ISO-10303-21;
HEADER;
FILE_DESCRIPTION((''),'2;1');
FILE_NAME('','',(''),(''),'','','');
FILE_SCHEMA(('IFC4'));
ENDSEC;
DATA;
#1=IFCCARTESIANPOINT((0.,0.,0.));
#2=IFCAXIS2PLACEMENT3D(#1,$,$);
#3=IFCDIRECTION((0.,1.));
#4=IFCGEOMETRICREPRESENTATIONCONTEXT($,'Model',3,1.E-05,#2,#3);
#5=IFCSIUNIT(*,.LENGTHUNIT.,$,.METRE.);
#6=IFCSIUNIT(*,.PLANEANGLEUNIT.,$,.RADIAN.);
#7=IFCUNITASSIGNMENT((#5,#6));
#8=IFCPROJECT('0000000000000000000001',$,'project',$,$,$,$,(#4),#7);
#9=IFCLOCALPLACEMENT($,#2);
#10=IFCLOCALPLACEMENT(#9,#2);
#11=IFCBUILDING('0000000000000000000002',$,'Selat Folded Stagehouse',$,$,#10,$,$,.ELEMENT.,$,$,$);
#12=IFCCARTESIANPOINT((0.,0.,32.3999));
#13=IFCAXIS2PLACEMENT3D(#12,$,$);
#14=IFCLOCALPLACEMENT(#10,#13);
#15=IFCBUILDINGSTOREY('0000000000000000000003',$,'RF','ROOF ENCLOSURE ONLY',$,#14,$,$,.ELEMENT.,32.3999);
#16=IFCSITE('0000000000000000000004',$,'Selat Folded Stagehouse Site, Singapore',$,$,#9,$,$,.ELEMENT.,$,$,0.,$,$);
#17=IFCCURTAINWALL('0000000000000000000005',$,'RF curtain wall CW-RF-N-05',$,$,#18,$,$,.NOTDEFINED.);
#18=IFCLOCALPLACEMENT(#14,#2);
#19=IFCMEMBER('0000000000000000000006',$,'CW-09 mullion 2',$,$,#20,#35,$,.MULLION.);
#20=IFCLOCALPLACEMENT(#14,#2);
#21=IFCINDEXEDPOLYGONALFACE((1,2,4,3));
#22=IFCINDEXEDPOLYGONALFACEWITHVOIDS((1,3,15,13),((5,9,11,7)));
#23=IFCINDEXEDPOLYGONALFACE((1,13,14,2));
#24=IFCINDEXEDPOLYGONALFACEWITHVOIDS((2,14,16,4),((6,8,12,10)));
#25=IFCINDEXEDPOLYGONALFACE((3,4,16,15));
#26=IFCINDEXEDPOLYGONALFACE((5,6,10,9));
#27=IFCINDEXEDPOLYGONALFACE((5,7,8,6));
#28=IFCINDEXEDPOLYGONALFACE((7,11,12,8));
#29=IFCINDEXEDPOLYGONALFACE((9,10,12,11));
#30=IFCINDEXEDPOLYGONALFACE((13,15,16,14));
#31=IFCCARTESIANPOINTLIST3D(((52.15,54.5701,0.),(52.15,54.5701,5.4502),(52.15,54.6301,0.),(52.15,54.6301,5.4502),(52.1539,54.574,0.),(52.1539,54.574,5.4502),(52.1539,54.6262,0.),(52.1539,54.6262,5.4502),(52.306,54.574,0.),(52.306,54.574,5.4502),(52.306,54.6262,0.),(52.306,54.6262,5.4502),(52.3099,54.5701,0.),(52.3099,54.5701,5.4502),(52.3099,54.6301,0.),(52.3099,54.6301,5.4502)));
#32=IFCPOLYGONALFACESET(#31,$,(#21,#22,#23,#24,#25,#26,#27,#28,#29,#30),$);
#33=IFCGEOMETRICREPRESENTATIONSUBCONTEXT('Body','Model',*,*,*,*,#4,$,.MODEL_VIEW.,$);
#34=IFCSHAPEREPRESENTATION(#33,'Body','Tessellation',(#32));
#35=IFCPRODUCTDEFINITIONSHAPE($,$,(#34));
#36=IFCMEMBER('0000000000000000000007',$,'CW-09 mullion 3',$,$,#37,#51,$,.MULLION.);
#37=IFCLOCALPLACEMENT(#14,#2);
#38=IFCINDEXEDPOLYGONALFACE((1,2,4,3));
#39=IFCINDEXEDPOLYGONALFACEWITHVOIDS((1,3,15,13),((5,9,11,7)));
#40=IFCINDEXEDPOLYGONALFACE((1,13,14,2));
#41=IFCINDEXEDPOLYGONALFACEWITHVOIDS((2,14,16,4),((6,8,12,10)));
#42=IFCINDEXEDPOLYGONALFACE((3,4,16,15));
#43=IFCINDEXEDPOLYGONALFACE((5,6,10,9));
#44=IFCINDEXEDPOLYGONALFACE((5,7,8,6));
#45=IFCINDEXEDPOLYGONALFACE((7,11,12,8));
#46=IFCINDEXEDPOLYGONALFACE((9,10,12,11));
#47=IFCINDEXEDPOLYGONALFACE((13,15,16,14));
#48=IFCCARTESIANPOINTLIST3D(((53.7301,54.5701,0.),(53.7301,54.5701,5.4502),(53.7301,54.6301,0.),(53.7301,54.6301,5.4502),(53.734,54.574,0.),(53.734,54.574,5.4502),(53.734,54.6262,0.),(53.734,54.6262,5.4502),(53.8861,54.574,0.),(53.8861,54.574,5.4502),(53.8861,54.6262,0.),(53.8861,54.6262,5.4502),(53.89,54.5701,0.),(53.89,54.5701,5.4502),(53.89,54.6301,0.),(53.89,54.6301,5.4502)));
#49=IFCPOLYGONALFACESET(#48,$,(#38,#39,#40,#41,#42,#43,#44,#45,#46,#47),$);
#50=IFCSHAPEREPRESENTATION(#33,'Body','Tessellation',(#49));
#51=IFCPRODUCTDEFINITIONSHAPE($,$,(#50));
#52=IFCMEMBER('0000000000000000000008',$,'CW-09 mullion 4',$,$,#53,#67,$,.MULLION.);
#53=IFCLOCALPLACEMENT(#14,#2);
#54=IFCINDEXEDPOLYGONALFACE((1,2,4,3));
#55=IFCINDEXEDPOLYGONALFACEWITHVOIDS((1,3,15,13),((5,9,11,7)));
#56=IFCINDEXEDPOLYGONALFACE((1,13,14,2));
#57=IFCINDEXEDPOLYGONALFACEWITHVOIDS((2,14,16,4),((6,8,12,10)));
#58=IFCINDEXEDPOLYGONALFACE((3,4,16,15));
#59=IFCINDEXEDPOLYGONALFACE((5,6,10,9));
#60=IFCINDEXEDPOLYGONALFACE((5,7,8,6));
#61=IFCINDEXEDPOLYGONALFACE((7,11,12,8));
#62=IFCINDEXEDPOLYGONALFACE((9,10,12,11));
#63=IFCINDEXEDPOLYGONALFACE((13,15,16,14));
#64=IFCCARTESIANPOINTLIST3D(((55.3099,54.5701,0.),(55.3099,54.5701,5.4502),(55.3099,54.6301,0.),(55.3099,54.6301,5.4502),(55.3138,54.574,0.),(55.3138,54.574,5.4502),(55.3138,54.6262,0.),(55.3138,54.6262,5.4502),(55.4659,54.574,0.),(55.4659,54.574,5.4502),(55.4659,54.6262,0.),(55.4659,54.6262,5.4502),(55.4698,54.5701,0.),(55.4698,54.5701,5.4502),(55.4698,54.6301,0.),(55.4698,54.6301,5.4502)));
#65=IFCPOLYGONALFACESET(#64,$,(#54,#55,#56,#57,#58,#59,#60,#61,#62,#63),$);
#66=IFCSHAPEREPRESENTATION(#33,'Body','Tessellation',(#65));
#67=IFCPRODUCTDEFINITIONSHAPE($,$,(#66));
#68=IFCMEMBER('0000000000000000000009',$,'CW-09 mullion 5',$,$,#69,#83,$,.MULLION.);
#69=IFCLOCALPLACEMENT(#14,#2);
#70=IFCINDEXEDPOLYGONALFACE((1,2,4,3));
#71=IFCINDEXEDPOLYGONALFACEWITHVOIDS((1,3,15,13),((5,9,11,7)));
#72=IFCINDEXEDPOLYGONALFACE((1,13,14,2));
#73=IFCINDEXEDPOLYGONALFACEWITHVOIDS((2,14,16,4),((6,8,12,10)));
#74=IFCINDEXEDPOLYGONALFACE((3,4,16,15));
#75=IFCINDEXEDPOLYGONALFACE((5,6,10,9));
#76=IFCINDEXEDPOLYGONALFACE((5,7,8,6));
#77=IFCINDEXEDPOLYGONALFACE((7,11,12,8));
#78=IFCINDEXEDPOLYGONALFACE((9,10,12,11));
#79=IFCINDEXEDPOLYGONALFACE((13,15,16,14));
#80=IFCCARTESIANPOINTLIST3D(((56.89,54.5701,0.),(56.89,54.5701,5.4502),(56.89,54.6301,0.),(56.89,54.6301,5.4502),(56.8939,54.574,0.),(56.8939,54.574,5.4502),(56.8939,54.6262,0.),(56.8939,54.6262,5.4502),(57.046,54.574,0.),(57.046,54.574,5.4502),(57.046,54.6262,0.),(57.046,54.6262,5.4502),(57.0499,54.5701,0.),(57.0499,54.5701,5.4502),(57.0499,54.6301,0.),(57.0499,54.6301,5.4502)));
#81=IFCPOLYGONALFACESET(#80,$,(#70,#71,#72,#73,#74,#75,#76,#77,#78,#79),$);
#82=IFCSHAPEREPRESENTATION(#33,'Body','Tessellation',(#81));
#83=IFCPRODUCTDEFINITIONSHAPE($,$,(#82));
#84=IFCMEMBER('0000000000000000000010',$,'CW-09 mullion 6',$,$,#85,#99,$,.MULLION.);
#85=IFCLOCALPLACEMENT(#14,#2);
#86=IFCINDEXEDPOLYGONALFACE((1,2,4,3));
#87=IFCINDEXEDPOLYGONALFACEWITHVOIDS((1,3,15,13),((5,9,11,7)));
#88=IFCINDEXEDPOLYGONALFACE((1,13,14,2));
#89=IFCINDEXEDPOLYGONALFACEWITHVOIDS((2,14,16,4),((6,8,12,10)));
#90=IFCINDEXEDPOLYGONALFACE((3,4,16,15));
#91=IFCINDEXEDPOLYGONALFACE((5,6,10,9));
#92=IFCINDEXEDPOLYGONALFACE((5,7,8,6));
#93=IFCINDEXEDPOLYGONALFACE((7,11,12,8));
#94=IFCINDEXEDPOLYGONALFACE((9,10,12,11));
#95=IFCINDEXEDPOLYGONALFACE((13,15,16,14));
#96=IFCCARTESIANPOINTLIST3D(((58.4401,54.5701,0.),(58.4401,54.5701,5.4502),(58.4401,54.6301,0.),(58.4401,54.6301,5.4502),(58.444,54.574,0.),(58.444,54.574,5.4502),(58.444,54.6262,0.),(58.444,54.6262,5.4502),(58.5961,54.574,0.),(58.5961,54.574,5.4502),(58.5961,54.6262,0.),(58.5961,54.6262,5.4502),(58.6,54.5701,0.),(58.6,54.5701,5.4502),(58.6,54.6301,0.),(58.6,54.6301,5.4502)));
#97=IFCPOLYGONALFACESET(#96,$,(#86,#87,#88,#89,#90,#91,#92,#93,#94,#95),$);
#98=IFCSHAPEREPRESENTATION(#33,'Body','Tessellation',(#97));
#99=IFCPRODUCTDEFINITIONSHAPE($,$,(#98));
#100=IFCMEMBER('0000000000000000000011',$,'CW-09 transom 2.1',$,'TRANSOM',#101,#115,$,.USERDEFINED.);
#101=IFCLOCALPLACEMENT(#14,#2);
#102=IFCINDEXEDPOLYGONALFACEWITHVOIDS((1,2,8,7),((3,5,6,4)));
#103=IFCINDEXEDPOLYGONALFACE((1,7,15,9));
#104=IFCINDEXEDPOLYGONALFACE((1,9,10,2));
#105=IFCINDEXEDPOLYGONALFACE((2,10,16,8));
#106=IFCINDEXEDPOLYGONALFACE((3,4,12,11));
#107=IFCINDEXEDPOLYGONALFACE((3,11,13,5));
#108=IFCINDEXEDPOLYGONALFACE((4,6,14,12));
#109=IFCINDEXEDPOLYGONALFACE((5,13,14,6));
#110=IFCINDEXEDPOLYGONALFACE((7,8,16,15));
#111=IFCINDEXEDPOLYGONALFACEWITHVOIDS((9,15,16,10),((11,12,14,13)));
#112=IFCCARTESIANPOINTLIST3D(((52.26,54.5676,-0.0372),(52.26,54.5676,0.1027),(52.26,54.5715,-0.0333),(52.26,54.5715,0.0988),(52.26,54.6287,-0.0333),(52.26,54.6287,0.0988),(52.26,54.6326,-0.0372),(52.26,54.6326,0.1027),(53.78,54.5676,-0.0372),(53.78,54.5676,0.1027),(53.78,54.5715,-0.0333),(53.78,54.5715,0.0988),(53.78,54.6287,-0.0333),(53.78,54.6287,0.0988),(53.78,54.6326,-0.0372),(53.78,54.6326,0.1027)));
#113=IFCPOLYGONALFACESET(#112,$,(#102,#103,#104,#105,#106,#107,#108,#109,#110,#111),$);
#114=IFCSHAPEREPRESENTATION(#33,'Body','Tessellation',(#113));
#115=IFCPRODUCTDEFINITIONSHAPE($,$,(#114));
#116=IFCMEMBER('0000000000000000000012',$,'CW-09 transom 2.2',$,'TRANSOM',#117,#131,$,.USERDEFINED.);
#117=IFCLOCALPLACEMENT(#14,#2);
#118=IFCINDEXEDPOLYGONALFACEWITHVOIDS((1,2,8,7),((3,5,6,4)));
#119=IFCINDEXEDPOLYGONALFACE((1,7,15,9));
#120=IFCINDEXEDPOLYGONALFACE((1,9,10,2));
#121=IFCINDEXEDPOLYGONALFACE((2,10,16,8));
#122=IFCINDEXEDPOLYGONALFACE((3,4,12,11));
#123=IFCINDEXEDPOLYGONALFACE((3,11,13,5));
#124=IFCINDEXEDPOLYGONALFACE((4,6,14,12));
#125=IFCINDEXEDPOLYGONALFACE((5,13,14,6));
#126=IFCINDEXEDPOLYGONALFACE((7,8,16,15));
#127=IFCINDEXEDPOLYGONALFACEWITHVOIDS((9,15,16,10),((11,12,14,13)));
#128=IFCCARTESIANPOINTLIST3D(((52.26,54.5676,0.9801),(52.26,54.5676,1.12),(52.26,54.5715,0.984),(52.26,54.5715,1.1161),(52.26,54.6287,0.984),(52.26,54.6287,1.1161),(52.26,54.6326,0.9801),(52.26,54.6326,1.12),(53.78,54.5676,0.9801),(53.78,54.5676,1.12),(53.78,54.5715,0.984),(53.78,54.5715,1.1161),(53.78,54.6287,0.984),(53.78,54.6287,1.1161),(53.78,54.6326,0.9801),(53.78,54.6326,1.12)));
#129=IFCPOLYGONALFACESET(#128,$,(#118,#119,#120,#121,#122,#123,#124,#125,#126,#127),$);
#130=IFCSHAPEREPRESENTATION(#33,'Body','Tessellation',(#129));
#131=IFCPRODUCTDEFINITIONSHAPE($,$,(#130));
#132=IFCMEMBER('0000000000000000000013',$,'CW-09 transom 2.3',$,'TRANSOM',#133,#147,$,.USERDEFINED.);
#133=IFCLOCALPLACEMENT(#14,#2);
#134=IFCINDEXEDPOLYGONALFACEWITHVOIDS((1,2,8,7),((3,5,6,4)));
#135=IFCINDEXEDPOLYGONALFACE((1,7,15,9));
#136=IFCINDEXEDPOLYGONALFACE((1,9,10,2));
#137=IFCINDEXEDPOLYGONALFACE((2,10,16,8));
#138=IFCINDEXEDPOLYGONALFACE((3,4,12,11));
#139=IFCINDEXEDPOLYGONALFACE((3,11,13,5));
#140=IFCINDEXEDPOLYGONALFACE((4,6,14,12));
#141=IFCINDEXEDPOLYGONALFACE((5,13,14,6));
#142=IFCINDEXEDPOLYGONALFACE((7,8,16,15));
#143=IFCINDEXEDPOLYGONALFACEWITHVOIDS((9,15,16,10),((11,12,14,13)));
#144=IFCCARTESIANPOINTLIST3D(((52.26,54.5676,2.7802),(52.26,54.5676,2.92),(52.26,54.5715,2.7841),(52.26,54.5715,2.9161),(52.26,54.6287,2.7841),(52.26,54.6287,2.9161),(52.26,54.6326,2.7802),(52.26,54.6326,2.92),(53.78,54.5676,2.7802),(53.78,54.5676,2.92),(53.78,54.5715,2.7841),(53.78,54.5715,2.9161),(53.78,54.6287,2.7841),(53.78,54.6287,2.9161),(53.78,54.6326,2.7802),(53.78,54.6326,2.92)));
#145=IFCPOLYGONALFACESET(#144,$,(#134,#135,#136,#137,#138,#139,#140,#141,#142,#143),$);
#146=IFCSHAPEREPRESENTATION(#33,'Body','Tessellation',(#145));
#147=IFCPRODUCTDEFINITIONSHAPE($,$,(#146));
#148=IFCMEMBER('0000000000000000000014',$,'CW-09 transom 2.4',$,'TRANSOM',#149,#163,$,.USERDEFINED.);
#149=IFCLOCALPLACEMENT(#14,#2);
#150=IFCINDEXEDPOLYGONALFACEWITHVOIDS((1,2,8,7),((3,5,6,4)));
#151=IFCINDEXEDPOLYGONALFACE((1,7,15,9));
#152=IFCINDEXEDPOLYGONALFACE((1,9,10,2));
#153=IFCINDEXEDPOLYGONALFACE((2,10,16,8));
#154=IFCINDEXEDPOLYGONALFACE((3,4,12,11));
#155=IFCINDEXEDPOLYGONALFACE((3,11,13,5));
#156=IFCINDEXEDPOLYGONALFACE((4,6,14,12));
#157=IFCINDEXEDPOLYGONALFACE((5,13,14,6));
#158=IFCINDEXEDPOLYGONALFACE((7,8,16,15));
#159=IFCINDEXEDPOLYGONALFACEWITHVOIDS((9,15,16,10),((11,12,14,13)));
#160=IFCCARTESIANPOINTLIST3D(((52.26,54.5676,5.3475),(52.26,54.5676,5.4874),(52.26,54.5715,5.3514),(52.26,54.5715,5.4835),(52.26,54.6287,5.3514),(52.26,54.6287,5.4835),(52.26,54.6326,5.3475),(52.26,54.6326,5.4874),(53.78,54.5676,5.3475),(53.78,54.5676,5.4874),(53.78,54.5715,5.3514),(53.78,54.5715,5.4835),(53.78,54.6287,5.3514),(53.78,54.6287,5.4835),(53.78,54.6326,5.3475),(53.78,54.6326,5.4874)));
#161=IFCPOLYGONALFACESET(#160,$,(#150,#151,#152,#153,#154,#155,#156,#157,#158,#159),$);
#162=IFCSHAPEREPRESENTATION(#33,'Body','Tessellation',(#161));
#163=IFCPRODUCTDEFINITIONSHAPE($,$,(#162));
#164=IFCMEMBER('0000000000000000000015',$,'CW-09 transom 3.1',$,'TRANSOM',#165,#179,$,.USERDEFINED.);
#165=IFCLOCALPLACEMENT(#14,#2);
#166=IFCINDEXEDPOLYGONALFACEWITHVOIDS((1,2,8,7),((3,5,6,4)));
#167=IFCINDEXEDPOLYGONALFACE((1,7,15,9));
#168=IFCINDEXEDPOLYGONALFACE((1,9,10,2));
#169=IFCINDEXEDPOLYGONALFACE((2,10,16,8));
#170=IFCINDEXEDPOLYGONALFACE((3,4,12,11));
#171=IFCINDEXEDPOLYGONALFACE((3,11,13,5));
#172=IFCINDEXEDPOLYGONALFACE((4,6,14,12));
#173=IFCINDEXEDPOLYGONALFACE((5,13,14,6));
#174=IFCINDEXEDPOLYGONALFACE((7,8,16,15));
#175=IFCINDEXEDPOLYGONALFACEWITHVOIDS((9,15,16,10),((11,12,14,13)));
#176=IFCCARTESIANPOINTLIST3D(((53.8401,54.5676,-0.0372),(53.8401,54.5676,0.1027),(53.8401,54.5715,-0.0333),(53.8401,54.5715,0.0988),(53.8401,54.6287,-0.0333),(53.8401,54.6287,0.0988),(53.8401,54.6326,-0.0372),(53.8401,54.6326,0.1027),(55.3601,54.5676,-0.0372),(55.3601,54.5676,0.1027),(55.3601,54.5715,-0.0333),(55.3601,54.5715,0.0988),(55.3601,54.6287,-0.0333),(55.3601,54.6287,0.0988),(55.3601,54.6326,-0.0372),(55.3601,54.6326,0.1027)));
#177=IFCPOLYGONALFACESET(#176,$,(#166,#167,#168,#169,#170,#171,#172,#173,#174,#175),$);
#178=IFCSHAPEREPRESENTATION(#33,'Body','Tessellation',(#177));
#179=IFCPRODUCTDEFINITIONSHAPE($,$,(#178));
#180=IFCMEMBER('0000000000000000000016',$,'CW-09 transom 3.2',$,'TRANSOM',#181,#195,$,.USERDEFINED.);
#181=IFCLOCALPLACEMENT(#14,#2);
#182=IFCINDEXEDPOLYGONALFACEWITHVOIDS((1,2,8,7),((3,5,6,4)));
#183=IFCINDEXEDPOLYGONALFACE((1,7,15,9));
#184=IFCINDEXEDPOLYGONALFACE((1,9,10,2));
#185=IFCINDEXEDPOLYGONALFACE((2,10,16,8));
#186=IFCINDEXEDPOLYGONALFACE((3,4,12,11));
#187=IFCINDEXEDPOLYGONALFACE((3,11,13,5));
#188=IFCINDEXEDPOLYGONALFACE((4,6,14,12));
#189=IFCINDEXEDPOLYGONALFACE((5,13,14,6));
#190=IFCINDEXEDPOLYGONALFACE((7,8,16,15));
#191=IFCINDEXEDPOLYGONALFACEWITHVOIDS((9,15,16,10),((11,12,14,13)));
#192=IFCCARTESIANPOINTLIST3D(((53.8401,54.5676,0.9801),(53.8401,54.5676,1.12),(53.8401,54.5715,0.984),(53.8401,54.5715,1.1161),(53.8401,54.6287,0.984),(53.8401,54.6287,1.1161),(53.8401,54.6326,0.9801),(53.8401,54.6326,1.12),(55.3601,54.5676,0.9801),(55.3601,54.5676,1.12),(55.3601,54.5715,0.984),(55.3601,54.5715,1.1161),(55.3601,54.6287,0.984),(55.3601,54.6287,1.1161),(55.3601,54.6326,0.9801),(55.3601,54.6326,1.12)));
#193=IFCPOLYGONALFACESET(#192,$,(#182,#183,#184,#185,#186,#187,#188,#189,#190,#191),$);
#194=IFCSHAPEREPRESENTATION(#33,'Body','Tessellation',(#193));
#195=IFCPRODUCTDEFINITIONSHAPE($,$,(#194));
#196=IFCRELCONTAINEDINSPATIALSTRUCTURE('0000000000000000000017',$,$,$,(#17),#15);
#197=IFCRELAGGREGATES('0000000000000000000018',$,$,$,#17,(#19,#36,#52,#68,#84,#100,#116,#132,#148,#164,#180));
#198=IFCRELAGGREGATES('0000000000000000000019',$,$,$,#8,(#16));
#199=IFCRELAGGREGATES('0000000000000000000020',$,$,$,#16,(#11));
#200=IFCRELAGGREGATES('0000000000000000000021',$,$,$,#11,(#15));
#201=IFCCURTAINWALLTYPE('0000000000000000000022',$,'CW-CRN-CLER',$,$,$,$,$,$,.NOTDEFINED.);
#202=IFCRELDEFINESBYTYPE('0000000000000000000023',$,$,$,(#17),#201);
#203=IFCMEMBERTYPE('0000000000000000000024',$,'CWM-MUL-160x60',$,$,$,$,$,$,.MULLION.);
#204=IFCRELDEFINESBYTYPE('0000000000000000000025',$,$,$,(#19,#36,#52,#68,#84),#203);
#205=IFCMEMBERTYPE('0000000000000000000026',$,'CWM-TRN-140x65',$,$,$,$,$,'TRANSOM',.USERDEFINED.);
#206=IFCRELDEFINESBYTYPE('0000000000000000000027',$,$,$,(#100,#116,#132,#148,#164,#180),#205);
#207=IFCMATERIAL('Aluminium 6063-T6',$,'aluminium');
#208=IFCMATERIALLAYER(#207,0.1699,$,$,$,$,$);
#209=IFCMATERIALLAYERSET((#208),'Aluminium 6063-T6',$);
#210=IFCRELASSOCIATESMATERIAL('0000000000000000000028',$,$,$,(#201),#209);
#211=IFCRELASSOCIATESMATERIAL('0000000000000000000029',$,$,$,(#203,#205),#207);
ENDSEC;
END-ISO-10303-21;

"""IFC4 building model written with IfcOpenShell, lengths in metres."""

from ifc_helpers import new_model, si_unit, direction, frame, origin, origin_2d, place, context, subcontext, project, spatial, hollow_rectangle, extrude, material, layer, layer_set, material_profile, profile_set, type_object, element, aggregate, save


model = new_model("IFC4")

# Units and contexts
model_context = context("Model", 3, precision=1e-05, world=origin(), true_north=direction((0.0, 1.0)))
body_context = subcontext(model_context, "Body", "Model", "MODEL_VIEW")
ifc_project = project(units=[si_unit("LENGTHUNIT", "METRE"), si_unit("PLANEANGLEUNIT", "RADIAN")], contexts=[model_context])

# Site, building, storey
site_placement = place(None, origin())
site = spatial("IfcSite", under=ifc_project, at=site_placement, Name="Selat Folded Stagehouse Site, Singapore", CompositionType="ELEMENT", RefElevation=0.0)
building_placement = place(site_placement, origin())
building = spatial("IfcBuilding", under=site, at=building_placement, Name="Selat Folded Stagehouse", CompositionType="ELEMENT")
storey_placement = place(building_placement, frame((0.0, 0.0, 32.3999)))
storey = spatial("IfcBuildingStorey", under=building, at=storey_placement, Name="RF", Description="ROOF ENCLOSURE ONLY", CompositionType="ELEMENT", Elevation=32.3999)

# Curtain wall, members
ifc_material_1 = material(Name="Aluminium 6063-T6", Category="aluminium")
ifc_layer_1 = layer(ifc_material_1, 0.1699)
ifc_layer_set_1 = layer_set([ifc_layer_1], Name="Aluminium 6063-T6")
curtain_wall_type = type_object("IfcCurtainWallType", Name="CW-CRN-CLER", PredefinedType="NOTDEFINED", material=ifc_layer_set_1)
curtain_wall_placement = place(storey_placement, origin())
curtain_wall = element("IfcCurtainWall", 1, at=curtain_wall_placement, inside=storey, type_object=curtain_wall_type, Name="RF curtain wall CW-RF-N-05", PredefinedType="NOTDEFINED")
ifc_material_profile_1 = material_profile(ifc_material_1, hollow_rectangle(XDim=0.0601, YDim=0.1599, WallThickness=0.0039, at=origin_2d()), Name="ALU 160x60x4.0")
ifc_profile_set_1 = profile_set([ifc_material_profile_1], Name="Aluminium 6063-T6")
member_type_1 = type_object("IfcMemberType", Name="CWM-MUL-160x60", PredefinedType="MULLION", material=ifc_profile_set_1)
member_1_placement = place(storey_placement, frame((52.23, 54.6001, 0.0), z_axis=(0.0, 0.0, 1.0), x_axis=(0.0, 1.0, 0.0)))
member_1 = element("IfcMember", 2, at=member_1_placement, type_object=member_type_1, Name="CW-09 mullion 2", PredefinedType="MULLION", context=body_context, shape_type="SweptSolid", body=[
    extrude(hollow_rectangle(XDim=0.0601, YDim=0.1599, WallThickness=0.0039, at=origin_2d()), origin(), (0.0, 0.0, 1.0), 5.4502),
])
member_2_placement = place(storey_placement, frame((53.8101, 54.6001, 0.0), z_axis=(0.0, 0.0, 1.0), x_axis=(0.0, 1.0, 0.0)))
member_2 = element("IfcMember", 3, at=member_2_placement, type_object=member_type_1, Name="CW-09 mullion 3", PredefinedType="MULLION", context=body_context, shape_type="SweptSolid", body=[
    extrude(hollow_rectangle(XDim=0.0601, YDim=0.1599, WallThickness=0.0039, at=origin_2d()), origin(), (0.0, 0.0, 1.0), 5.4502),
])
member_3_placement = place(storey_placement, frame((55.3899, 54.6001, 0.0), z_axis=(0.0, 0.0, 1.0), x_axis=(0.0, 1.0, 0.0)))
member_3 = element("IfcMember", 4, at=member_3_placement, type_object=member_type_1, Name="CW-09 mullion 4", PredefinedType="MULLION", context=body_context, shape_type="SweptSolid", body=[
    extrude(hollow_rectangle(XDim=0.0601, YDim=0.1599, WallThickness=0.0039, at=origin_2d()), origin(), (0.0, 0.0, 1.0), 5.4502),
])
member_4_placement = place(storey_placement, frame((56.97, 54.6001, 0.0), z_axis=(0.0, 0.0, 1.0), x_axis=(0.0, 1.0, 0.0)))
member_4 = element("IfcMember", 5, at=member_4_placement, type_object=member_type_1, Name="CW-09 mullion 5", PredefinedType="MULLION", context=body_context, shape_type="SweptSolid", body=[
    extrude(hollow_rectangle(XDim=0.0601, YDim=0.1599, WallThickness=0.0039, at=origin_2d()), origin(), (0.0, 0.0, 1.0), 5.4502),
])
member_5_placement = place(storey_placement, frame((58.52, 54.6001, 0.0), z_axis=(0.0, 0.0, 1.0), x_axis=(0.0, 1.0, 0.0)))
member_5 = element("IfcMember", 6, at=member_5_placement, type_object=member_type_1, Name="CW-09 mullion 6", PredefinedType="MULLION", context=body_context, shape_type="SweptSolid", body=[
    extrude(hollow_rectangle(XDim=0.0601, YDim=0.1599, WallThickness=0.0039, at=origin_2d()), origin(), (0.0, 0.0, 1.0), 5.4502),
])
ifc_material_profile_2 = material_profile(ifc_material_1, hollow_rectangle(XDim=0.0649, YDim=0.1399, WallThickness=0.0039, at=origin_2d()), Name="ALU 140x65x4.0")
ifc_profile_set_2 = profile_set([ifc_material_profile_2], Name="Aluminium 6063-T6")
member_type_2 = type_object("IfcMemberType", Name="CWM-TRN-140x65", ElementType="TRANSOM", PredefinedType="USERDEFINED", material=ifc_profile_set_2)
member_6_placement = place(storey_placement, frame((52.26, 54.6001, 0.0327), z_axis=(1.0, 0.0, 0.0), x_axis=(0.0, 1.0, 0.0)))
member_6 = element("IfcMember", 7, at=member_6_placement, type_object=member_type_2, Name="CW-09 transom 2.1", ObjectType="TRANSOM", PredefinedType="USERDEFINED", context=body_context, shape_type="SweptSolid", body=[
    extrude(hollow_rectangle(XDim=0.0649, YDim=0.1399, WallThickness=0.0039, at=origin_2d()), origin(), (0.0, 0.0, 1.0), 1.52),
])
member_7_placement = place(storey_placement, frame((52.26, 54.6001, 1.05), z_axis=(1.0, 0.0, 0.0), x_axis=(0.0, 1.0, 0.0)))
member_7 = element("IfcMember", 8, at=member_7_placement, type_object=member_type_2, Name="CW-09 transom 2.2", ObjectType="TRANSOM", PredefinedType="USERDEFINED", context=body_context, shape_type="SweptSolid", body=[
    extrude(hollow_rectangle(XDim=0.0649, YDim=0.1399, WallThickness=0.0039, at=origin_2d()), origin(), (0.0, 0.0, 1.0), 1.52),
])
member_8_placement = place(storey_placement, frame((52.26, 54.6001, 2.8501), z_axis=(1.0, 0.0, 0.0), x_axis=(0.0, 1.0, 0.0)))
member_8 = element("IfcMember", 9, at=member_8_placement, type_object=member_type_2, Name="CW-09 transom 2.3", ObjectType="TRANSOM", PredefinedType="USERDEFINED", context=body_context, shape_type="SweptSolid", body=[
    extrude(hollow_rectangle(XDim=0.0649, YDim=0.1399, WallThickness=0.0039, at=origin_2d()), origin(), (0.0, 0.0, 1.0), 1.52),
])
member_9_placement = place(storey_placement, frame((52.26, 54.6001, 5.4175), z_axis=(1.0, 0.0, 0.0), x_axis=(0.0, 1.0, 0.0)))
member_9 = element("IfcMember", 10, at=member_9_placement, type_object=member_type_2, Name="CW-09 transom 2.4", ObjectType="TRANSOM", PredefinedType="USERDEFINED", context=body_context, shape_type="SweptSolid", body=[
    extrude(hollow_rectangle(XDim=0.0649, YDim=0.1399, WallThickness=0.0039, at=origin_2d()), origin(), (0.0, 0.0, 1.0), 1.52),
])
member_10_placement = place(storey_placement, frame((53.8401, 54.6001, 0.0327), z_axis=(1.0, 0.0, 0.0), x_axis=(0.0, 1.0, 0.0)))
member_10 = element("IfcMember", 11, at=member_10_placement, type_object=member_type_2, Name="CW-09 transom 3.1", ObjectType="TRANSOM", PredefinedType="USERDEFINED", context=body_context, shape_type="SweptSolid", body=[
    extrude(hollow_rectangle(XDim=0.0649, YDim=0.1399, WallThickness=0.0039, at=origin_2d()), origin(), (0.0, 0.0, 1.0), 1.52),
])
member_11_placement = place(storey_placement, frame((53.8401, 54.6001, 1.05), z_axis=(1.0, 0.0, 0.0), x_axis=(0.0, 1.0, 0.0)))
member_11 = element("IfcMember", 12, at=member_11_placement, type_object=member_type_2, Name="CW-09 transom 3.2", ObjectType="TRANSOM", PredefinedType="USERDEFINED", context=body_context, shape_type="SweptSolid", body=[
    extrude(hollow_rectangle(XDim=0.0649, YDim=0.1399, WallThickness=0.0039, at=origin_2d()), origin(), (0.0, 0.0, 1.0), 1.52),
])
aggregate(curtain_wall, [member_1, member_2, member_3, member_4, member_5, member_6, member_7, member_8, member_9, member_10, member_11])

save(model, "model.ifc")
